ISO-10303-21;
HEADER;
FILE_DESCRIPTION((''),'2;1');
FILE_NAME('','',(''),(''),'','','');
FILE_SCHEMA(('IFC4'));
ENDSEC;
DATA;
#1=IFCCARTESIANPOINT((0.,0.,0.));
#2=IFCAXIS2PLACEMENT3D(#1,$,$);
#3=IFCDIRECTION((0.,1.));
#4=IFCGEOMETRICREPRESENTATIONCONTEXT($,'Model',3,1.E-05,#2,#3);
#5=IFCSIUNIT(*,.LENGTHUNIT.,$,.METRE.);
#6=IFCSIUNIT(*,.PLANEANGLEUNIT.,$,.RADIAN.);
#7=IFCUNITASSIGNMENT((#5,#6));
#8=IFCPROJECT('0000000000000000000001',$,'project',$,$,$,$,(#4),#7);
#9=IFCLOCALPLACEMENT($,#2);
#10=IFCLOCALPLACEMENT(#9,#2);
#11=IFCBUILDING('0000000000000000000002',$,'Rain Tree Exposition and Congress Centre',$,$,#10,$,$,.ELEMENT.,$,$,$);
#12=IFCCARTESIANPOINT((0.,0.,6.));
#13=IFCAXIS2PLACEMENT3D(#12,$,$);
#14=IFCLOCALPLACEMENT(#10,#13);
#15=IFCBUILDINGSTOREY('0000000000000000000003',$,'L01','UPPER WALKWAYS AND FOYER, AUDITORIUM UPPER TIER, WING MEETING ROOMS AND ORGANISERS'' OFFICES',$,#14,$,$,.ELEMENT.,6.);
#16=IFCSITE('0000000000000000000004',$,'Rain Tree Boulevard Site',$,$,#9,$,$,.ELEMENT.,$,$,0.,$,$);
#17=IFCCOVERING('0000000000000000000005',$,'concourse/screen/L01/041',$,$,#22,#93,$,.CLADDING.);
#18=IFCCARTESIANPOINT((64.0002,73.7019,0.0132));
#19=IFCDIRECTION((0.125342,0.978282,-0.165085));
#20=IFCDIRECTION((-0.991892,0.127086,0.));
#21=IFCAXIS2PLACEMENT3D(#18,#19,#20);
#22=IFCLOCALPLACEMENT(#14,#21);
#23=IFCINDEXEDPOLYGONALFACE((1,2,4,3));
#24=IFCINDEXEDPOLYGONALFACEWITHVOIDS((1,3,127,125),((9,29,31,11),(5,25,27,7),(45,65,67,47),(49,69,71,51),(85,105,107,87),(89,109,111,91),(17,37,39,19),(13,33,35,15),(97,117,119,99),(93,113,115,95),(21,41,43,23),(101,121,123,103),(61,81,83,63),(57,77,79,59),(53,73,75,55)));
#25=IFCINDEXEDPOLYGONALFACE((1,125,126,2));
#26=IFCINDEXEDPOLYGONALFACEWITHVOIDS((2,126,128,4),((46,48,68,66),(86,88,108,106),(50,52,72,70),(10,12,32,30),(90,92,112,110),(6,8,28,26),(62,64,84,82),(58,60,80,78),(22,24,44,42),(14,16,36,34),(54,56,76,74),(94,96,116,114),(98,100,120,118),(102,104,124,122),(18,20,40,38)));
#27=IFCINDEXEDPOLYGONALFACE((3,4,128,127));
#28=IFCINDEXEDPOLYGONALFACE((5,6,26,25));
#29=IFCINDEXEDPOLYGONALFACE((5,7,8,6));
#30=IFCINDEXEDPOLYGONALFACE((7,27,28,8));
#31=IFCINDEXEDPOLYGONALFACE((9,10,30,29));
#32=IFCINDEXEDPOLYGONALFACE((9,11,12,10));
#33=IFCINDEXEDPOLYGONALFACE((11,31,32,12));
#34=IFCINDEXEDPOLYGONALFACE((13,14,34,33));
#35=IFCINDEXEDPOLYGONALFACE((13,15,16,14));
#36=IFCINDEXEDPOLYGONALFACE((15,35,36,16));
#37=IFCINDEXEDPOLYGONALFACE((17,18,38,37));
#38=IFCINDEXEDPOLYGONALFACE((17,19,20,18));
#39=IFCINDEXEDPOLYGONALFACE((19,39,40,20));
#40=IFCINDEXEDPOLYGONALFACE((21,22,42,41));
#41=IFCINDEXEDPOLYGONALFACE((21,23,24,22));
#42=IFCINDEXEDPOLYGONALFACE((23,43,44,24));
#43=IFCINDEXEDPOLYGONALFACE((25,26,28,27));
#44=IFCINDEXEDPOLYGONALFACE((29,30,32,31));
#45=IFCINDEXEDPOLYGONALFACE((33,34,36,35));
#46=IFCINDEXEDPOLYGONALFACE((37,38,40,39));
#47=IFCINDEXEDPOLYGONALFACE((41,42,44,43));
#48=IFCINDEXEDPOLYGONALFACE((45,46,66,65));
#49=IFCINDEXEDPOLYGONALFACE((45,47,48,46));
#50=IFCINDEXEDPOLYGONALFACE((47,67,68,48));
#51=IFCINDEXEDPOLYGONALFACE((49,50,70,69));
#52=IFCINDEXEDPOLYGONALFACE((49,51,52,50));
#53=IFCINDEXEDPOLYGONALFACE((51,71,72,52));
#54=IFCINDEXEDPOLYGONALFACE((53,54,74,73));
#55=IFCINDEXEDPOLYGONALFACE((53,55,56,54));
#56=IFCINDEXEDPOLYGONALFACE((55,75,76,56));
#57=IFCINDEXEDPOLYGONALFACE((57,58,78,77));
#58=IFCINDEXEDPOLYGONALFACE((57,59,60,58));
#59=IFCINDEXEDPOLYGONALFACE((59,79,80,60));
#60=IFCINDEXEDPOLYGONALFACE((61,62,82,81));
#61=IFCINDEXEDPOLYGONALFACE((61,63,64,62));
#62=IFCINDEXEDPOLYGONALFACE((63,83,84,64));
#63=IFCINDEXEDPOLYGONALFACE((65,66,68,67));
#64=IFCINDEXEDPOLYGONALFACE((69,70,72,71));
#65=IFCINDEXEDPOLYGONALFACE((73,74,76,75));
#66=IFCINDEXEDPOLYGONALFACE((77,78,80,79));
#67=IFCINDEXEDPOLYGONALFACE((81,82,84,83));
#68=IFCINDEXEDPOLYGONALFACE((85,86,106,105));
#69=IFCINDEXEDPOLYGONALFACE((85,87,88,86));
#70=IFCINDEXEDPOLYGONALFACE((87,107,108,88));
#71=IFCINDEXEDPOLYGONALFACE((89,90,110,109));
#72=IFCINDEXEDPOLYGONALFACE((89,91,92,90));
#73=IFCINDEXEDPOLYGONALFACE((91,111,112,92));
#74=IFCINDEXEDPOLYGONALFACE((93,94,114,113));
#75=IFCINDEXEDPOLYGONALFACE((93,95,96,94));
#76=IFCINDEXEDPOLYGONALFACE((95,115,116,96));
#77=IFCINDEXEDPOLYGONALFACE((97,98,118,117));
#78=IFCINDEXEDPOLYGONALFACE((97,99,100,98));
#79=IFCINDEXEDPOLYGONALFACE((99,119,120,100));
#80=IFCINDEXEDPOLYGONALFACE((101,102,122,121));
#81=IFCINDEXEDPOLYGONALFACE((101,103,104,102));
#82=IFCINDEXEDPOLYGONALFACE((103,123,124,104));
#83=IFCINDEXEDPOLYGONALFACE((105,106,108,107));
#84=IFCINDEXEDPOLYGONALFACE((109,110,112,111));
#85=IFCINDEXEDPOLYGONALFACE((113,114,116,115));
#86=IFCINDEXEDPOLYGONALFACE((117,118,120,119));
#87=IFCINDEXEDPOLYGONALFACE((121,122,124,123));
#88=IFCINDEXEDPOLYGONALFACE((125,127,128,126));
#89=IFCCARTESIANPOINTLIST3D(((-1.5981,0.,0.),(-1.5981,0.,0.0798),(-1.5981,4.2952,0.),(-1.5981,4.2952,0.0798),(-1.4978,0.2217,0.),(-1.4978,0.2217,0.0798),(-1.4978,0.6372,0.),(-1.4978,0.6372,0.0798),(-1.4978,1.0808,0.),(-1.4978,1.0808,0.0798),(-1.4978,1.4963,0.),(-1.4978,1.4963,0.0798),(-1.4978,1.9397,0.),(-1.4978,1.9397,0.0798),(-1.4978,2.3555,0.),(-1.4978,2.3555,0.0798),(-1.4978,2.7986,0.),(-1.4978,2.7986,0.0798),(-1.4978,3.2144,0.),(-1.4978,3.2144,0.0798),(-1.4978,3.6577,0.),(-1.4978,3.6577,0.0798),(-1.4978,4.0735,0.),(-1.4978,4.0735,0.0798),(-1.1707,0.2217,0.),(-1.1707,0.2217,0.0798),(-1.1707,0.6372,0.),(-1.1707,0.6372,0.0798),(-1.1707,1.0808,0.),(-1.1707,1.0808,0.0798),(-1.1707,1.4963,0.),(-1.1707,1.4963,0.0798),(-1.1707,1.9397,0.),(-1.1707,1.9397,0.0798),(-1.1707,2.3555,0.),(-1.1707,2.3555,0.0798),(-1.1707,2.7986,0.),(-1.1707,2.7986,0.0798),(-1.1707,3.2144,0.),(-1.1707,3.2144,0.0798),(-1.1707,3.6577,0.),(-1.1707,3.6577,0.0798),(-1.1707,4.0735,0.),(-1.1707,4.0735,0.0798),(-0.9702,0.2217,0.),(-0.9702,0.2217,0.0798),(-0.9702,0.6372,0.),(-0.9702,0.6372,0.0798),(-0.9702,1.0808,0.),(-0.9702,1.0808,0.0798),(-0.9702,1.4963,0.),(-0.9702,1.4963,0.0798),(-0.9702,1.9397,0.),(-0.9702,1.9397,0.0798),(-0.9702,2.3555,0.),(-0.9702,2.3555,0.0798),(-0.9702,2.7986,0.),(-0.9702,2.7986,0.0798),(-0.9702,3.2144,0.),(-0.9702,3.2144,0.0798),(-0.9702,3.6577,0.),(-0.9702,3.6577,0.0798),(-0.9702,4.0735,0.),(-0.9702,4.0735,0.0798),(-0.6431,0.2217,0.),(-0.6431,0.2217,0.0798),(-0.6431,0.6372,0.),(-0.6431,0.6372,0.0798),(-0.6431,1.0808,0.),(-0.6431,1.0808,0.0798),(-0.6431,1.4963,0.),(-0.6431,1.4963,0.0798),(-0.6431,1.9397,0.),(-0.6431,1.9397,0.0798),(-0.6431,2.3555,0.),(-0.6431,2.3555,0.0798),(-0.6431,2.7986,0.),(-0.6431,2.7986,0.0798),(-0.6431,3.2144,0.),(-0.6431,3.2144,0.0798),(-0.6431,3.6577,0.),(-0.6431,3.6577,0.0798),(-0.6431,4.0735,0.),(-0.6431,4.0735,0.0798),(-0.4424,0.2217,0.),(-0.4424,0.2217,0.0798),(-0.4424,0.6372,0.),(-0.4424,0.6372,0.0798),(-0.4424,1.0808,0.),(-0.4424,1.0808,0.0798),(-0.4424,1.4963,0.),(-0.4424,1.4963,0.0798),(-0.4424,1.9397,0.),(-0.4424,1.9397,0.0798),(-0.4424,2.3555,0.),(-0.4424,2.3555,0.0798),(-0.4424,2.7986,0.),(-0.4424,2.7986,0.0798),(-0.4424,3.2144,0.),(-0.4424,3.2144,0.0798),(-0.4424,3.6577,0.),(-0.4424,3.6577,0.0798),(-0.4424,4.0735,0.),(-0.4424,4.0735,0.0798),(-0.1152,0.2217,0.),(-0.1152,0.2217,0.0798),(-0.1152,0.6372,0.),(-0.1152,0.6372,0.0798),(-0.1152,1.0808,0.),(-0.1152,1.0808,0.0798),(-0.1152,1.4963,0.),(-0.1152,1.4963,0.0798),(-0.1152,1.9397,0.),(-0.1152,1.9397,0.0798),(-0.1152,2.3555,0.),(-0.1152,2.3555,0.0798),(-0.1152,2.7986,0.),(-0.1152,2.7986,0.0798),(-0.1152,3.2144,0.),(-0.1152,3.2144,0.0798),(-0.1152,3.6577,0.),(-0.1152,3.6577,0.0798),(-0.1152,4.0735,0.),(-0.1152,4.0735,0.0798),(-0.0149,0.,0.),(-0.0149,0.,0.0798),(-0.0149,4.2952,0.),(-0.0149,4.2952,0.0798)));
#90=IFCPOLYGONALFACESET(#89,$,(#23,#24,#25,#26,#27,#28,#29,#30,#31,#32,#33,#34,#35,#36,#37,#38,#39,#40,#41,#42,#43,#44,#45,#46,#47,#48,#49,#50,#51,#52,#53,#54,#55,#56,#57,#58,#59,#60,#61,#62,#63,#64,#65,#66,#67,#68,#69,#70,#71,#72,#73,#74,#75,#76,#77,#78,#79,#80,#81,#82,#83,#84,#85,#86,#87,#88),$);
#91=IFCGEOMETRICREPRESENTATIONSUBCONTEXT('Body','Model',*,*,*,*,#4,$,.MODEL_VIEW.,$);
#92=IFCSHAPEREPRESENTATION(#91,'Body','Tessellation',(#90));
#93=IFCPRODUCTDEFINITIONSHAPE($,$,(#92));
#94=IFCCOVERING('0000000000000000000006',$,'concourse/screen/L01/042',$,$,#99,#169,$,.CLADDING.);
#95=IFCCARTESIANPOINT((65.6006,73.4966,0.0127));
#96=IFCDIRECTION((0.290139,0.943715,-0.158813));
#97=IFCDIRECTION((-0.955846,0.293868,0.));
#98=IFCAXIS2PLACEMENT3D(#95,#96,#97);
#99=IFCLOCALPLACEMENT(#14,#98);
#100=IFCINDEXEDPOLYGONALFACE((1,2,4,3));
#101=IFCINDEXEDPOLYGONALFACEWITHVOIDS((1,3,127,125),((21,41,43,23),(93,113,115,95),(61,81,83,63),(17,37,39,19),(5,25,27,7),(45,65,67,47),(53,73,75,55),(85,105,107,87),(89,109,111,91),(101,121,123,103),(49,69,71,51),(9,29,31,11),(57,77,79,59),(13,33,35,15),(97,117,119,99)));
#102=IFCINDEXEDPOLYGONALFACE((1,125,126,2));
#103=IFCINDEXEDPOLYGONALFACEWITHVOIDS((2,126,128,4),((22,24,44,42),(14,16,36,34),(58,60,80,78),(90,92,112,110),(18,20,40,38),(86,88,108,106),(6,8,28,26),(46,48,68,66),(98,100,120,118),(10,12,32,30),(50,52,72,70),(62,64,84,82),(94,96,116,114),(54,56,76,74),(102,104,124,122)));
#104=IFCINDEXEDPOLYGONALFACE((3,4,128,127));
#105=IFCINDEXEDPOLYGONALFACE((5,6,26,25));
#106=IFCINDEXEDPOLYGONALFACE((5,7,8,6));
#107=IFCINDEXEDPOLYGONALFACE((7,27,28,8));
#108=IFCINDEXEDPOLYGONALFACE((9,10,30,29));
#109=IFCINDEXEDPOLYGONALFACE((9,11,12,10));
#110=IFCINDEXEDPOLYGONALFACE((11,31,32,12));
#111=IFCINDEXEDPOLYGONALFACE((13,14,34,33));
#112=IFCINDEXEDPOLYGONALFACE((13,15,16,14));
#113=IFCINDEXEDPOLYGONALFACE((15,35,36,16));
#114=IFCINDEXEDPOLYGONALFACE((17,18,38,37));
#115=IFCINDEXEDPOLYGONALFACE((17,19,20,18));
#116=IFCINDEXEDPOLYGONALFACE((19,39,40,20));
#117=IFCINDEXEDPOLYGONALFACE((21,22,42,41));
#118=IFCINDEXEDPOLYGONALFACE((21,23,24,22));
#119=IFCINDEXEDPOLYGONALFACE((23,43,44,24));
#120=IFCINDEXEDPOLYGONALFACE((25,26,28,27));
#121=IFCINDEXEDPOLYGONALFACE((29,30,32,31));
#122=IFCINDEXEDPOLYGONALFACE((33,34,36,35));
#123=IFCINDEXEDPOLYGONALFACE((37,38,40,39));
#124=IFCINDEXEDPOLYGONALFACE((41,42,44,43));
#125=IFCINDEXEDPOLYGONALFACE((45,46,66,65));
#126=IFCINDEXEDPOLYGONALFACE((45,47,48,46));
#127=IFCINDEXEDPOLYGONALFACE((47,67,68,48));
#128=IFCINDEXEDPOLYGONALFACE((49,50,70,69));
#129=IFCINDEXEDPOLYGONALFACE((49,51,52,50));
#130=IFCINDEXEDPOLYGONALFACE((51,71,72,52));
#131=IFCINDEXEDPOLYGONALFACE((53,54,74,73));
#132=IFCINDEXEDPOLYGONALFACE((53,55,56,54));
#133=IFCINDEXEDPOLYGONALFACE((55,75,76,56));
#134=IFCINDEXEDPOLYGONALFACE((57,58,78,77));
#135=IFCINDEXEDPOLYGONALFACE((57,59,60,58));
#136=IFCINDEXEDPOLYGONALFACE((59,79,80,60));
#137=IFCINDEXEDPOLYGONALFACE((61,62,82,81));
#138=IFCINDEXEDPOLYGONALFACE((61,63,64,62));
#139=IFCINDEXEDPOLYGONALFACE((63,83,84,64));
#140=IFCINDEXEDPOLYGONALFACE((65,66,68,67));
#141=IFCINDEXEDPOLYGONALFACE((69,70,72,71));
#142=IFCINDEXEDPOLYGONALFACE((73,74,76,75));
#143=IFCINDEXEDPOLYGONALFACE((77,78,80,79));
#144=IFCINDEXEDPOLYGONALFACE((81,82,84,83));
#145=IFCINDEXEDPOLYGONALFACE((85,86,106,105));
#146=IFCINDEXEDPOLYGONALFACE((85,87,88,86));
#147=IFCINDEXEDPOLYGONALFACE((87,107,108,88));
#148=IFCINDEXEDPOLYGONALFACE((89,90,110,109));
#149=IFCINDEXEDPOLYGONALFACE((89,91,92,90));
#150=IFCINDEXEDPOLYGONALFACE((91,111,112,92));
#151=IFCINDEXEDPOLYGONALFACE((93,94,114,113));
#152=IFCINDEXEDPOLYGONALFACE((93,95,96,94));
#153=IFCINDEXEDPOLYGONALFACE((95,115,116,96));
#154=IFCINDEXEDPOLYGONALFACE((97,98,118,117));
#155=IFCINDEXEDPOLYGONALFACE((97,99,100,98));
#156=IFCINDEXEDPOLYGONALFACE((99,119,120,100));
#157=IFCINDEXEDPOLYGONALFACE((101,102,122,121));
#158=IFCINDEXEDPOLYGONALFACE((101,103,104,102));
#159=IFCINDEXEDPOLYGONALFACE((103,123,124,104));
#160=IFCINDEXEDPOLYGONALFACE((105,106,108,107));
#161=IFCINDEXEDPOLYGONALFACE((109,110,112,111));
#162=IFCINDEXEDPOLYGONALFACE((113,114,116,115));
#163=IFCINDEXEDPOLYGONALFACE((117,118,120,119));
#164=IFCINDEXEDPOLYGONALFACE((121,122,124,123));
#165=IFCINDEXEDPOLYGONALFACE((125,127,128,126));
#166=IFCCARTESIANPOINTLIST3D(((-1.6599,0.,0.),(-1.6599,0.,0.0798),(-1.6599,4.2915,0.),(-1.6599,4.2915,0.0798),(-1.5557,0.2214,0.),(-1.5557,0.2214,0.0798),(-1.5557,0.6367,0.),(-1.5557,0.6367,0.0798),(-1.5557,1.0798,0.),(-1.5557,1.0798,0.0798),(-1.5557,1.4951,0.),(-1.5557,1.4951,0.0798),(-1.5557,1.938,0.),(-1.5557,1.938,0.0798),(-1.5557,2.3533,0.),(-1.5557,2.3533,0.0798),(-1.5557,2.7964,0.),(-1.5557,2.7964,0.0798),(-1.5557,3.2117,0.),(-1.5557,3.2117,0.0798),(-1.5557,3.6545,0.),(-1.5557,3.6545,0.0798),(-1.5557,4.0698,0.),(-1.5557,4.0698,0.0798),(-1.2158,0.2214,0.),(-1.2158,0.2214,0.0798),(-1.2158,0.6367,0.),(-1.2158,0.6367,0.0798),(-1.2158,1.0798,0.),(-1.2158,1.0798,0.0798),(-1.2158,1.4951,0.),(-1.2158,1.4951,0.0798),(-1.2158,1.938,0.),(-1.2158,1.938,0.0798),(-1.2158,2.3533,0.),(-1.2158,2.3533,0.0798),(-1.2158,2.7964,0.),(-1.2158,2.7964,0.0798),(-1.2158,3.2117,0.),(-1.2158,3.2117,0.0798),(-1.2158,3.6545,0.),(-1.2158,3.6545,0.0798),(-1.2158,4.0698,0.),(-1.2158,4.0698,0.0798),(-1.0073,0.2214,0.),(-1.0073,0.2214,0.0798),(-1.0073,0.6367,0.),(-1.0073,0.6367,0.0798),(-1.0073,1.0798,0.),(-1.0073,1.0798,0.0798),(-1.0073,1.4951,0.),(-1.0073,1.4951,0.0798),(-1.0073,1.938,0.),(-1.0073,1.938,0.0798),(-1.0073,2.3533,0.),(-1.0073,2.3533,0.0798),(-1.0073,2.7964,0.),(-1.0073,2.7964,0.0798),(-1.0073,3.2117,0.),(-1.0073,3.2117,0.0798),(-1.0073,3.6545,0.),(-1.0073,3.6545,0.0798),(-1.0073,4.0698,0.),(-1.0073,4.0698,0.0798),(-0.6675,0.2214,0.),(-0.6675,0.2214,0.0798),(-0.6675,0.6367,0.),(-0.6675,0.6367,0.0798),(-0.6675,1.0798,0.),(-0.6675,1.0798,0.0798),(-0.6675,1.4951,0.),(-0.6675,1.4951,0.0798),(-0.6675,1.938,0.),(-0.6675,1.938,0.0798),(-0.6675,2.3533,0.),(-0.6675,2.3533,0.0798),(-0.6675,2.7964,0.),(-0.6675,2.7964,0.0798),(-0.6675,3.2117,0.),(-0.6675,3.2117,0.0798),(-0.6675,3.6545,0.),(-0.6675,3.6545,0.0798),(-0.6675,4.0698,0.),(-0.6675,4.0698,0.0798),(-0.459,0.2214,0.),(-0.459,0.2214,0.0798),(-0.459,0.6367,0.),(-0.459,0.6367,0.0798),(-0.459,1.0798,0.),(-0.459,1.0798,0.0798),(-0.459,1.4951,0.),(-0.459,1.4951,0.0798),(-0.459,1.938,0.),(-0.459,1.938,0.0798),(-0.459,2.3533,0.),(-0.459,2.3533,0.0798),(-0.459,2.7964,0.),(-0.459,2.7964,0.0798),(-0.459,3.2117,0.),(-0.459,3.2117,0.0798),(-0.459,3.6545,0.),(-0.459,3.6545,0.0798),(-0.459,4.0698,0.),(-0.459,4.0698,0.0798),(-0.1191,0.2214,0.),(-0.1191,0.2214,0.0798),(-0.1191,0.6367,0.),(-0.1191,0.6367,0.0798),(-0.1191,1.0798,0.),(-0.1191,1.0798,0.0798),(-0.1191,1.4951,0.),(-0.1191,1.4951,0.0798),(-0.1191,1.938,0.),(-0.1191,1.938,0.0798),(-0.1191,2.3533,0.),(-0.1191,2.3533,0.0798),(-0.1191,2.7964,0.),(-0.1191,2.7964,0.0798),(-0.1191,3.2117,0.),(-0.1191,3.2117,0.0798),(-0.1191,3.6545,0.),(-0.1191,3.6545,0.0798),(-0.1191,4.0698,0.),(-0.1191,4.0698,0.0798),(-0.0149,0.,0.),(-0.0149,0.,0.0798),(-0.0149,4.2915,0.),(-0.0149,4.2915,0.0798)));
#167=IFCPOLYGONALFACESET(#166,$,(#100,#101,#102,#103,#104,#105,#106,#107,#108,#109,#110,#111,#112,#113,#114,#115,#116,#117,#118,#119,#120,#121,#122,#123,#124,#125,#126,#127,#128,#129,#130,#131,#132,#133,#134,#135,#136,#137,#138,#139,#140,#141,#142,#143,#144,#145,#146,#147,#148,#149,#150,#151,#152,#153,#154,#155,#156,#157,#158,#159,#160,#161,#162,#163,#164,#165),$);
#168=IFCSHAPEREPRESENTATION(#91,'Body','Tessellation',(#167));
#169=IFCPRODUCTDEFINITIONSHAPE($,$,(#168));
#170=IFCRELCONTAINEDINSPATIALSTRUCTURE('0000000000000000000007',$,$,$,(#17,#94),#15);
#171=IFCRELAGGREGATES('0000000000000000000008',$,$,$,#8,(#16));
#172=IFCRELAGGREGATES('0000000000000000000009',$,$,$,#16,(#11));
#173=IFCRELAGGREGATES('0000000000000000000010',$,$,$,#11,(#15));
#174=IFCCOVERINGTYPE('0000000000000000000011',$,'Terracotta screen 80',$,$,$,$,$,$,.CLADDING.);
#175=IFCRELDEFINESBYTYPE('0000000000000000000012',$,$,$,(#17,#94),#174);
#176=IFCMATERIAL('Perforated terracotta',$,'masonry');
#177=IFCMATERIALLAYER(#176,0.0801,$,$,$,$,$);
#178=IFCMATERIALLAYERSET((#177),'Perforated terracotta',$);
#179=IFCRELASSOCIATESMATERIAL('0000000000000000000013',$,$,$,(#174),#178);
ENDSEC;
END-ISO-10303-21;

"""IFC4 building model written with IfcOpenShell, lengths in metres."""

from ifc_helpers import new_model, si_unit, direction, frame, origin, place, context, subcontext, project, spatial, polyline, outline, extrude, material, layer, layer_set, type_object, element, save


model = new_model("IFC4")

# Units and contexts
model_context = context("Model", 3, precision=1e-05, world=origin(), true_north=direction((0.0, 1.0)))
body_context = subcontext(model_context, "Body", "Model", "MODEL_VIEW")
ifc_project = project(units=[si_unit("LENGTHUNIT", "METRE"), si_unit("PLANEANGLEUNIT", "RADIAN")], contexts=[model_context])

# Site, building, storey
site_placement = place(None, origin())
site = spatial("IfcSite", under=ifc_project, at=site_placement, Name="Rain Tree Boulevard Site", CompositionType="ELEMENT", RefElevation=0.0)
building_placement = place(site_placement, origin())
building = spatial("IfcBuilding", under=site, at=building_placement, Name="Rain Tree Exposition and Congress Centre", CompositionType="ELEMENT")
storey_placement = place(building_placement, frame((0.0, 0.0, 6.0)))
storey = spatial("IfcBuildingStorey", under=building, at=storey_placement, Name="L01", Description="UPPER WALKWAYS AND FOYER, AUDITORIUM UPPER TIER, WING MEETING ROOMS AND ORGANISERS' OFFICES", CompositionType="ELEMENT", Elevation=6.0)

# Coverings
ifc_material_1 = material(Name="Perforated terracotta", Category="masonry")
ifc_layer = layer(ifc_material_1, 0.0801)
ifc_layer_set = layer_set([ifc_layer], Name="Perforated terracotta")
covering_type = type_object("IfcCoveringType", Name="Terracotta screen 80", PredefinedType="CLADDING", material=ifc_layer_set)
covering_1_placement = place(storey_placement, frame((64.0002, 73.7019, 0.0132), z_axis=(0.125342, 0.978282, -0.165085), x_axis=(-0.991892, 0.127086, 0.0)))
element("IfcCovering", 1, at=covering_1_placement, inside=storey, type_object=covering_type, Name="concourse/screen/L01/041", PredefinedType="CLADDING", context=body_context, shape_type="SweptSolid", body=[
    extrude(outline(polyline([(-1.5981, 0.0), (-1.5981, 4.2952), (-0.0149, 4.2952), (-0.0149, 0.0), (-1.5981, 0.0)]), holes=[polyline([(-0.1152, 0.2217), (-0.1152, 0.6372), (-0.4424, 0.6372), (-0.4424, 0.2217), (-0.1152, 0.2217)]), polyline([(-0.1152, 1.0808), (-0.1152, 1.4963), (-0.4424, 1.4963), (-0.4424, 1.0808), (-0.1152, 1.0808)]), polyline([(-0.1152, 1.9397), (-0.1152, 2.3555), (-0.4424, 2.3555), (-0.4424, 1.9397), (-0.1152, 1.9397)]), polyline([(-0.1152, 2.7986), (-0.1152, 3.2144), (-0.4424, 3.2144), (-0.4424, 2.7986), (-0.1152, 2.7986)]), polyline([(-0.1152, 3.6577), (-0.1152, 4.0735), (-0.4424, 4.0735), (-0.4424, 3.6577), (-0.1152, 3.6577)]), polyline([(-0.6431, 0.2217), (-0.6431, 0.6372), (-0.9702, 0.6372), (-0.9702, 0.2217), (-0.6431, 0.2217)]), polyline([(-0.6431, 1.0808), (-0.6431, 1.4963), (-0.9702, 1.4963), (-0.9702, 1.0808), (-0.6431, 1.0808)]), polyline([(-0.6431, 1.9397), (-0.6431, 2.3555), (-0.9702, 2.3555), (-0.9702, 1.9397), (-0.6431, 1.9397)]), polyline([(-0.6431, 2.7986), (-0.6431, 3.2144), (-0.9702, 3.2144), (-0.9702, 2.7986), (-0.6431, 2.7986)]), polyline([(-0.6431, 3.6577), (-0.6431, 4.0735), (-0.9702, 4.0735), (-0.9702, 3.6577), (-0.6431, 3.6577)]), polyline([(-1.1707, 0.2217), (-1.1707, 0.6372), (-1.4978, 0.6372), (-1.4978, 0.2217), (-1.1707, 0.2217)]), polyline([(-1.1707, 1.0808), (-1.1707, 1.4963), (-1.4978, 1.4963), (-1.4978, 1.0808), (-1.1707, 1.0808)]), polyline([(-1.1707, 1.9397), (-1.1707, 2.3555), (-1.4978, 2.3555), (-1.4978, 1.9397), (-1.1707, 1.9397)]), polyline([(-1.1707, 2.7986), (-1.1707, 3.2144), (-1.4978, 3.2144), (-1.4978, 2.7986), (-1.1707, 2.7986)]), polyline([(-1.1707, 3.6577), (-1.1707, 4.0735), (-1.4978, 4.0735), (-1.4978, 3.6577), (-1.1707, 3.6577)])]), origin(), (0.0, 0.0, 1.0), 0.0798),
])
covering_2_placement = place(storey_placement, frame((65.6006, 73.4966, 0.0127), z_axis=(0.290139, 0.943715, -0.158813), x_axis=(-0.955846, 0.293868, 0.0)))
element("IfcCovering", 2, at=covering_2_placement, inside=storey, type_object=covering_type, Name="concourse/screen/L01/042", PredefinedType="CLADDING", context=body_context, shape_type="SweptSolid", body=[
    extrude(outline(polyline([(-1.6599, 0.0), (-1.6599, 4.2915), (-0.0149, 4.2915), (-0.0149, 0.0), (-1.6599, 0.0)]), holes=[polyline([(-0.1191, 0.2214), (-0.1191, 0.6367), (-0.459, 0.6367), (-0.459, 0.2214), (-0.1191, 0.2214)]), polyline([(-0.1191, 1.0798), (-0.1191, 1.4951), (-0.459, 1.4951), (-0.459, 1.0798), (-0.1191, 1.0798)]), polyline([(-0.1191, 1.938), (-0.1191, 2.3533), (-0.459, 2.3533), (-0.459, 1.938), (-0.1191, 1.938)]), polyline([(-0.1191, 2.7964), (-0.1191, 3.2117), (-0.459, 3.2117), (-0.459, 2.7964), (-0.1191, 2.7964)]), polyline([(-0.1191, 3.6545), (-0.1191, 4.0698), (-0.459, 4.0698), (-0.459, 3.6545), (-0.1191, 3.6545)]), polyline([(-0.6675, 0.2214), (-0.6675, 0.6367), (-1.0073, 0.6367), (-1.0073, 0.2214), (-0.6675, 0.2214)]), polyline([(-0.6675, 1.0798), (-0.6675, 1.4951), (-1.0073, 1.4951), (-1.0073, 1.0798), (-0.6675, 1.0798)]), polyline([(-0.6675, 1.938), (-0.6675, 2.3533), (-1.0073, 2.3533), (-1.0073, 1.938), (-0.6675, 1.938)]), polyline([(-0.6675, 2.7964), (-0.6675, 3.2117), (-1.0073, 3.2117), (-1.0073, 2.7964), (-0.6675, 2.7964)]), polyline([(-0.6675, 3.6545), (-0.6675, 4.0698), (-1.0073, 4.0698), (-1.0073, 3.6545), (-0.6675, 3.6545)]), polyline([(-1.2158, 0.2214), (-1.2158, 0.6367), (-1.5557, 0.6367), (-1.5557, 0.2214), (-1.2158, 0.2214)]), polyline([(-1.2158, 1.0798), (-1.2158, 1.4951), (-1.5557, 1.4951), (-1.5557, 1.0798), (-1.2158, 1.0798)]), polyline([(-1.2158, 1.938), (-1.2158, 2.3533), (-1.5557, 2.3533), (-1.5557, 1.938), (-1.2158, 1.938)]), polyline([(-1.2158, 2.7964), (-1.2158, 3.2117), (-1.5557, 3.2117), (-1.5557, 2.7964), (-1.2158, 2.7964)]), polyline([(-1.2158, 3.6545), (-1.2158, 4.0698), (-1.5557, 4.0698), (-1.5557, 3.6545), (-1.2158, 3.6545)])]), origin(), (0.0, 0.0, 1.0), 0.0798),
])

save(model, "model.ifc")
